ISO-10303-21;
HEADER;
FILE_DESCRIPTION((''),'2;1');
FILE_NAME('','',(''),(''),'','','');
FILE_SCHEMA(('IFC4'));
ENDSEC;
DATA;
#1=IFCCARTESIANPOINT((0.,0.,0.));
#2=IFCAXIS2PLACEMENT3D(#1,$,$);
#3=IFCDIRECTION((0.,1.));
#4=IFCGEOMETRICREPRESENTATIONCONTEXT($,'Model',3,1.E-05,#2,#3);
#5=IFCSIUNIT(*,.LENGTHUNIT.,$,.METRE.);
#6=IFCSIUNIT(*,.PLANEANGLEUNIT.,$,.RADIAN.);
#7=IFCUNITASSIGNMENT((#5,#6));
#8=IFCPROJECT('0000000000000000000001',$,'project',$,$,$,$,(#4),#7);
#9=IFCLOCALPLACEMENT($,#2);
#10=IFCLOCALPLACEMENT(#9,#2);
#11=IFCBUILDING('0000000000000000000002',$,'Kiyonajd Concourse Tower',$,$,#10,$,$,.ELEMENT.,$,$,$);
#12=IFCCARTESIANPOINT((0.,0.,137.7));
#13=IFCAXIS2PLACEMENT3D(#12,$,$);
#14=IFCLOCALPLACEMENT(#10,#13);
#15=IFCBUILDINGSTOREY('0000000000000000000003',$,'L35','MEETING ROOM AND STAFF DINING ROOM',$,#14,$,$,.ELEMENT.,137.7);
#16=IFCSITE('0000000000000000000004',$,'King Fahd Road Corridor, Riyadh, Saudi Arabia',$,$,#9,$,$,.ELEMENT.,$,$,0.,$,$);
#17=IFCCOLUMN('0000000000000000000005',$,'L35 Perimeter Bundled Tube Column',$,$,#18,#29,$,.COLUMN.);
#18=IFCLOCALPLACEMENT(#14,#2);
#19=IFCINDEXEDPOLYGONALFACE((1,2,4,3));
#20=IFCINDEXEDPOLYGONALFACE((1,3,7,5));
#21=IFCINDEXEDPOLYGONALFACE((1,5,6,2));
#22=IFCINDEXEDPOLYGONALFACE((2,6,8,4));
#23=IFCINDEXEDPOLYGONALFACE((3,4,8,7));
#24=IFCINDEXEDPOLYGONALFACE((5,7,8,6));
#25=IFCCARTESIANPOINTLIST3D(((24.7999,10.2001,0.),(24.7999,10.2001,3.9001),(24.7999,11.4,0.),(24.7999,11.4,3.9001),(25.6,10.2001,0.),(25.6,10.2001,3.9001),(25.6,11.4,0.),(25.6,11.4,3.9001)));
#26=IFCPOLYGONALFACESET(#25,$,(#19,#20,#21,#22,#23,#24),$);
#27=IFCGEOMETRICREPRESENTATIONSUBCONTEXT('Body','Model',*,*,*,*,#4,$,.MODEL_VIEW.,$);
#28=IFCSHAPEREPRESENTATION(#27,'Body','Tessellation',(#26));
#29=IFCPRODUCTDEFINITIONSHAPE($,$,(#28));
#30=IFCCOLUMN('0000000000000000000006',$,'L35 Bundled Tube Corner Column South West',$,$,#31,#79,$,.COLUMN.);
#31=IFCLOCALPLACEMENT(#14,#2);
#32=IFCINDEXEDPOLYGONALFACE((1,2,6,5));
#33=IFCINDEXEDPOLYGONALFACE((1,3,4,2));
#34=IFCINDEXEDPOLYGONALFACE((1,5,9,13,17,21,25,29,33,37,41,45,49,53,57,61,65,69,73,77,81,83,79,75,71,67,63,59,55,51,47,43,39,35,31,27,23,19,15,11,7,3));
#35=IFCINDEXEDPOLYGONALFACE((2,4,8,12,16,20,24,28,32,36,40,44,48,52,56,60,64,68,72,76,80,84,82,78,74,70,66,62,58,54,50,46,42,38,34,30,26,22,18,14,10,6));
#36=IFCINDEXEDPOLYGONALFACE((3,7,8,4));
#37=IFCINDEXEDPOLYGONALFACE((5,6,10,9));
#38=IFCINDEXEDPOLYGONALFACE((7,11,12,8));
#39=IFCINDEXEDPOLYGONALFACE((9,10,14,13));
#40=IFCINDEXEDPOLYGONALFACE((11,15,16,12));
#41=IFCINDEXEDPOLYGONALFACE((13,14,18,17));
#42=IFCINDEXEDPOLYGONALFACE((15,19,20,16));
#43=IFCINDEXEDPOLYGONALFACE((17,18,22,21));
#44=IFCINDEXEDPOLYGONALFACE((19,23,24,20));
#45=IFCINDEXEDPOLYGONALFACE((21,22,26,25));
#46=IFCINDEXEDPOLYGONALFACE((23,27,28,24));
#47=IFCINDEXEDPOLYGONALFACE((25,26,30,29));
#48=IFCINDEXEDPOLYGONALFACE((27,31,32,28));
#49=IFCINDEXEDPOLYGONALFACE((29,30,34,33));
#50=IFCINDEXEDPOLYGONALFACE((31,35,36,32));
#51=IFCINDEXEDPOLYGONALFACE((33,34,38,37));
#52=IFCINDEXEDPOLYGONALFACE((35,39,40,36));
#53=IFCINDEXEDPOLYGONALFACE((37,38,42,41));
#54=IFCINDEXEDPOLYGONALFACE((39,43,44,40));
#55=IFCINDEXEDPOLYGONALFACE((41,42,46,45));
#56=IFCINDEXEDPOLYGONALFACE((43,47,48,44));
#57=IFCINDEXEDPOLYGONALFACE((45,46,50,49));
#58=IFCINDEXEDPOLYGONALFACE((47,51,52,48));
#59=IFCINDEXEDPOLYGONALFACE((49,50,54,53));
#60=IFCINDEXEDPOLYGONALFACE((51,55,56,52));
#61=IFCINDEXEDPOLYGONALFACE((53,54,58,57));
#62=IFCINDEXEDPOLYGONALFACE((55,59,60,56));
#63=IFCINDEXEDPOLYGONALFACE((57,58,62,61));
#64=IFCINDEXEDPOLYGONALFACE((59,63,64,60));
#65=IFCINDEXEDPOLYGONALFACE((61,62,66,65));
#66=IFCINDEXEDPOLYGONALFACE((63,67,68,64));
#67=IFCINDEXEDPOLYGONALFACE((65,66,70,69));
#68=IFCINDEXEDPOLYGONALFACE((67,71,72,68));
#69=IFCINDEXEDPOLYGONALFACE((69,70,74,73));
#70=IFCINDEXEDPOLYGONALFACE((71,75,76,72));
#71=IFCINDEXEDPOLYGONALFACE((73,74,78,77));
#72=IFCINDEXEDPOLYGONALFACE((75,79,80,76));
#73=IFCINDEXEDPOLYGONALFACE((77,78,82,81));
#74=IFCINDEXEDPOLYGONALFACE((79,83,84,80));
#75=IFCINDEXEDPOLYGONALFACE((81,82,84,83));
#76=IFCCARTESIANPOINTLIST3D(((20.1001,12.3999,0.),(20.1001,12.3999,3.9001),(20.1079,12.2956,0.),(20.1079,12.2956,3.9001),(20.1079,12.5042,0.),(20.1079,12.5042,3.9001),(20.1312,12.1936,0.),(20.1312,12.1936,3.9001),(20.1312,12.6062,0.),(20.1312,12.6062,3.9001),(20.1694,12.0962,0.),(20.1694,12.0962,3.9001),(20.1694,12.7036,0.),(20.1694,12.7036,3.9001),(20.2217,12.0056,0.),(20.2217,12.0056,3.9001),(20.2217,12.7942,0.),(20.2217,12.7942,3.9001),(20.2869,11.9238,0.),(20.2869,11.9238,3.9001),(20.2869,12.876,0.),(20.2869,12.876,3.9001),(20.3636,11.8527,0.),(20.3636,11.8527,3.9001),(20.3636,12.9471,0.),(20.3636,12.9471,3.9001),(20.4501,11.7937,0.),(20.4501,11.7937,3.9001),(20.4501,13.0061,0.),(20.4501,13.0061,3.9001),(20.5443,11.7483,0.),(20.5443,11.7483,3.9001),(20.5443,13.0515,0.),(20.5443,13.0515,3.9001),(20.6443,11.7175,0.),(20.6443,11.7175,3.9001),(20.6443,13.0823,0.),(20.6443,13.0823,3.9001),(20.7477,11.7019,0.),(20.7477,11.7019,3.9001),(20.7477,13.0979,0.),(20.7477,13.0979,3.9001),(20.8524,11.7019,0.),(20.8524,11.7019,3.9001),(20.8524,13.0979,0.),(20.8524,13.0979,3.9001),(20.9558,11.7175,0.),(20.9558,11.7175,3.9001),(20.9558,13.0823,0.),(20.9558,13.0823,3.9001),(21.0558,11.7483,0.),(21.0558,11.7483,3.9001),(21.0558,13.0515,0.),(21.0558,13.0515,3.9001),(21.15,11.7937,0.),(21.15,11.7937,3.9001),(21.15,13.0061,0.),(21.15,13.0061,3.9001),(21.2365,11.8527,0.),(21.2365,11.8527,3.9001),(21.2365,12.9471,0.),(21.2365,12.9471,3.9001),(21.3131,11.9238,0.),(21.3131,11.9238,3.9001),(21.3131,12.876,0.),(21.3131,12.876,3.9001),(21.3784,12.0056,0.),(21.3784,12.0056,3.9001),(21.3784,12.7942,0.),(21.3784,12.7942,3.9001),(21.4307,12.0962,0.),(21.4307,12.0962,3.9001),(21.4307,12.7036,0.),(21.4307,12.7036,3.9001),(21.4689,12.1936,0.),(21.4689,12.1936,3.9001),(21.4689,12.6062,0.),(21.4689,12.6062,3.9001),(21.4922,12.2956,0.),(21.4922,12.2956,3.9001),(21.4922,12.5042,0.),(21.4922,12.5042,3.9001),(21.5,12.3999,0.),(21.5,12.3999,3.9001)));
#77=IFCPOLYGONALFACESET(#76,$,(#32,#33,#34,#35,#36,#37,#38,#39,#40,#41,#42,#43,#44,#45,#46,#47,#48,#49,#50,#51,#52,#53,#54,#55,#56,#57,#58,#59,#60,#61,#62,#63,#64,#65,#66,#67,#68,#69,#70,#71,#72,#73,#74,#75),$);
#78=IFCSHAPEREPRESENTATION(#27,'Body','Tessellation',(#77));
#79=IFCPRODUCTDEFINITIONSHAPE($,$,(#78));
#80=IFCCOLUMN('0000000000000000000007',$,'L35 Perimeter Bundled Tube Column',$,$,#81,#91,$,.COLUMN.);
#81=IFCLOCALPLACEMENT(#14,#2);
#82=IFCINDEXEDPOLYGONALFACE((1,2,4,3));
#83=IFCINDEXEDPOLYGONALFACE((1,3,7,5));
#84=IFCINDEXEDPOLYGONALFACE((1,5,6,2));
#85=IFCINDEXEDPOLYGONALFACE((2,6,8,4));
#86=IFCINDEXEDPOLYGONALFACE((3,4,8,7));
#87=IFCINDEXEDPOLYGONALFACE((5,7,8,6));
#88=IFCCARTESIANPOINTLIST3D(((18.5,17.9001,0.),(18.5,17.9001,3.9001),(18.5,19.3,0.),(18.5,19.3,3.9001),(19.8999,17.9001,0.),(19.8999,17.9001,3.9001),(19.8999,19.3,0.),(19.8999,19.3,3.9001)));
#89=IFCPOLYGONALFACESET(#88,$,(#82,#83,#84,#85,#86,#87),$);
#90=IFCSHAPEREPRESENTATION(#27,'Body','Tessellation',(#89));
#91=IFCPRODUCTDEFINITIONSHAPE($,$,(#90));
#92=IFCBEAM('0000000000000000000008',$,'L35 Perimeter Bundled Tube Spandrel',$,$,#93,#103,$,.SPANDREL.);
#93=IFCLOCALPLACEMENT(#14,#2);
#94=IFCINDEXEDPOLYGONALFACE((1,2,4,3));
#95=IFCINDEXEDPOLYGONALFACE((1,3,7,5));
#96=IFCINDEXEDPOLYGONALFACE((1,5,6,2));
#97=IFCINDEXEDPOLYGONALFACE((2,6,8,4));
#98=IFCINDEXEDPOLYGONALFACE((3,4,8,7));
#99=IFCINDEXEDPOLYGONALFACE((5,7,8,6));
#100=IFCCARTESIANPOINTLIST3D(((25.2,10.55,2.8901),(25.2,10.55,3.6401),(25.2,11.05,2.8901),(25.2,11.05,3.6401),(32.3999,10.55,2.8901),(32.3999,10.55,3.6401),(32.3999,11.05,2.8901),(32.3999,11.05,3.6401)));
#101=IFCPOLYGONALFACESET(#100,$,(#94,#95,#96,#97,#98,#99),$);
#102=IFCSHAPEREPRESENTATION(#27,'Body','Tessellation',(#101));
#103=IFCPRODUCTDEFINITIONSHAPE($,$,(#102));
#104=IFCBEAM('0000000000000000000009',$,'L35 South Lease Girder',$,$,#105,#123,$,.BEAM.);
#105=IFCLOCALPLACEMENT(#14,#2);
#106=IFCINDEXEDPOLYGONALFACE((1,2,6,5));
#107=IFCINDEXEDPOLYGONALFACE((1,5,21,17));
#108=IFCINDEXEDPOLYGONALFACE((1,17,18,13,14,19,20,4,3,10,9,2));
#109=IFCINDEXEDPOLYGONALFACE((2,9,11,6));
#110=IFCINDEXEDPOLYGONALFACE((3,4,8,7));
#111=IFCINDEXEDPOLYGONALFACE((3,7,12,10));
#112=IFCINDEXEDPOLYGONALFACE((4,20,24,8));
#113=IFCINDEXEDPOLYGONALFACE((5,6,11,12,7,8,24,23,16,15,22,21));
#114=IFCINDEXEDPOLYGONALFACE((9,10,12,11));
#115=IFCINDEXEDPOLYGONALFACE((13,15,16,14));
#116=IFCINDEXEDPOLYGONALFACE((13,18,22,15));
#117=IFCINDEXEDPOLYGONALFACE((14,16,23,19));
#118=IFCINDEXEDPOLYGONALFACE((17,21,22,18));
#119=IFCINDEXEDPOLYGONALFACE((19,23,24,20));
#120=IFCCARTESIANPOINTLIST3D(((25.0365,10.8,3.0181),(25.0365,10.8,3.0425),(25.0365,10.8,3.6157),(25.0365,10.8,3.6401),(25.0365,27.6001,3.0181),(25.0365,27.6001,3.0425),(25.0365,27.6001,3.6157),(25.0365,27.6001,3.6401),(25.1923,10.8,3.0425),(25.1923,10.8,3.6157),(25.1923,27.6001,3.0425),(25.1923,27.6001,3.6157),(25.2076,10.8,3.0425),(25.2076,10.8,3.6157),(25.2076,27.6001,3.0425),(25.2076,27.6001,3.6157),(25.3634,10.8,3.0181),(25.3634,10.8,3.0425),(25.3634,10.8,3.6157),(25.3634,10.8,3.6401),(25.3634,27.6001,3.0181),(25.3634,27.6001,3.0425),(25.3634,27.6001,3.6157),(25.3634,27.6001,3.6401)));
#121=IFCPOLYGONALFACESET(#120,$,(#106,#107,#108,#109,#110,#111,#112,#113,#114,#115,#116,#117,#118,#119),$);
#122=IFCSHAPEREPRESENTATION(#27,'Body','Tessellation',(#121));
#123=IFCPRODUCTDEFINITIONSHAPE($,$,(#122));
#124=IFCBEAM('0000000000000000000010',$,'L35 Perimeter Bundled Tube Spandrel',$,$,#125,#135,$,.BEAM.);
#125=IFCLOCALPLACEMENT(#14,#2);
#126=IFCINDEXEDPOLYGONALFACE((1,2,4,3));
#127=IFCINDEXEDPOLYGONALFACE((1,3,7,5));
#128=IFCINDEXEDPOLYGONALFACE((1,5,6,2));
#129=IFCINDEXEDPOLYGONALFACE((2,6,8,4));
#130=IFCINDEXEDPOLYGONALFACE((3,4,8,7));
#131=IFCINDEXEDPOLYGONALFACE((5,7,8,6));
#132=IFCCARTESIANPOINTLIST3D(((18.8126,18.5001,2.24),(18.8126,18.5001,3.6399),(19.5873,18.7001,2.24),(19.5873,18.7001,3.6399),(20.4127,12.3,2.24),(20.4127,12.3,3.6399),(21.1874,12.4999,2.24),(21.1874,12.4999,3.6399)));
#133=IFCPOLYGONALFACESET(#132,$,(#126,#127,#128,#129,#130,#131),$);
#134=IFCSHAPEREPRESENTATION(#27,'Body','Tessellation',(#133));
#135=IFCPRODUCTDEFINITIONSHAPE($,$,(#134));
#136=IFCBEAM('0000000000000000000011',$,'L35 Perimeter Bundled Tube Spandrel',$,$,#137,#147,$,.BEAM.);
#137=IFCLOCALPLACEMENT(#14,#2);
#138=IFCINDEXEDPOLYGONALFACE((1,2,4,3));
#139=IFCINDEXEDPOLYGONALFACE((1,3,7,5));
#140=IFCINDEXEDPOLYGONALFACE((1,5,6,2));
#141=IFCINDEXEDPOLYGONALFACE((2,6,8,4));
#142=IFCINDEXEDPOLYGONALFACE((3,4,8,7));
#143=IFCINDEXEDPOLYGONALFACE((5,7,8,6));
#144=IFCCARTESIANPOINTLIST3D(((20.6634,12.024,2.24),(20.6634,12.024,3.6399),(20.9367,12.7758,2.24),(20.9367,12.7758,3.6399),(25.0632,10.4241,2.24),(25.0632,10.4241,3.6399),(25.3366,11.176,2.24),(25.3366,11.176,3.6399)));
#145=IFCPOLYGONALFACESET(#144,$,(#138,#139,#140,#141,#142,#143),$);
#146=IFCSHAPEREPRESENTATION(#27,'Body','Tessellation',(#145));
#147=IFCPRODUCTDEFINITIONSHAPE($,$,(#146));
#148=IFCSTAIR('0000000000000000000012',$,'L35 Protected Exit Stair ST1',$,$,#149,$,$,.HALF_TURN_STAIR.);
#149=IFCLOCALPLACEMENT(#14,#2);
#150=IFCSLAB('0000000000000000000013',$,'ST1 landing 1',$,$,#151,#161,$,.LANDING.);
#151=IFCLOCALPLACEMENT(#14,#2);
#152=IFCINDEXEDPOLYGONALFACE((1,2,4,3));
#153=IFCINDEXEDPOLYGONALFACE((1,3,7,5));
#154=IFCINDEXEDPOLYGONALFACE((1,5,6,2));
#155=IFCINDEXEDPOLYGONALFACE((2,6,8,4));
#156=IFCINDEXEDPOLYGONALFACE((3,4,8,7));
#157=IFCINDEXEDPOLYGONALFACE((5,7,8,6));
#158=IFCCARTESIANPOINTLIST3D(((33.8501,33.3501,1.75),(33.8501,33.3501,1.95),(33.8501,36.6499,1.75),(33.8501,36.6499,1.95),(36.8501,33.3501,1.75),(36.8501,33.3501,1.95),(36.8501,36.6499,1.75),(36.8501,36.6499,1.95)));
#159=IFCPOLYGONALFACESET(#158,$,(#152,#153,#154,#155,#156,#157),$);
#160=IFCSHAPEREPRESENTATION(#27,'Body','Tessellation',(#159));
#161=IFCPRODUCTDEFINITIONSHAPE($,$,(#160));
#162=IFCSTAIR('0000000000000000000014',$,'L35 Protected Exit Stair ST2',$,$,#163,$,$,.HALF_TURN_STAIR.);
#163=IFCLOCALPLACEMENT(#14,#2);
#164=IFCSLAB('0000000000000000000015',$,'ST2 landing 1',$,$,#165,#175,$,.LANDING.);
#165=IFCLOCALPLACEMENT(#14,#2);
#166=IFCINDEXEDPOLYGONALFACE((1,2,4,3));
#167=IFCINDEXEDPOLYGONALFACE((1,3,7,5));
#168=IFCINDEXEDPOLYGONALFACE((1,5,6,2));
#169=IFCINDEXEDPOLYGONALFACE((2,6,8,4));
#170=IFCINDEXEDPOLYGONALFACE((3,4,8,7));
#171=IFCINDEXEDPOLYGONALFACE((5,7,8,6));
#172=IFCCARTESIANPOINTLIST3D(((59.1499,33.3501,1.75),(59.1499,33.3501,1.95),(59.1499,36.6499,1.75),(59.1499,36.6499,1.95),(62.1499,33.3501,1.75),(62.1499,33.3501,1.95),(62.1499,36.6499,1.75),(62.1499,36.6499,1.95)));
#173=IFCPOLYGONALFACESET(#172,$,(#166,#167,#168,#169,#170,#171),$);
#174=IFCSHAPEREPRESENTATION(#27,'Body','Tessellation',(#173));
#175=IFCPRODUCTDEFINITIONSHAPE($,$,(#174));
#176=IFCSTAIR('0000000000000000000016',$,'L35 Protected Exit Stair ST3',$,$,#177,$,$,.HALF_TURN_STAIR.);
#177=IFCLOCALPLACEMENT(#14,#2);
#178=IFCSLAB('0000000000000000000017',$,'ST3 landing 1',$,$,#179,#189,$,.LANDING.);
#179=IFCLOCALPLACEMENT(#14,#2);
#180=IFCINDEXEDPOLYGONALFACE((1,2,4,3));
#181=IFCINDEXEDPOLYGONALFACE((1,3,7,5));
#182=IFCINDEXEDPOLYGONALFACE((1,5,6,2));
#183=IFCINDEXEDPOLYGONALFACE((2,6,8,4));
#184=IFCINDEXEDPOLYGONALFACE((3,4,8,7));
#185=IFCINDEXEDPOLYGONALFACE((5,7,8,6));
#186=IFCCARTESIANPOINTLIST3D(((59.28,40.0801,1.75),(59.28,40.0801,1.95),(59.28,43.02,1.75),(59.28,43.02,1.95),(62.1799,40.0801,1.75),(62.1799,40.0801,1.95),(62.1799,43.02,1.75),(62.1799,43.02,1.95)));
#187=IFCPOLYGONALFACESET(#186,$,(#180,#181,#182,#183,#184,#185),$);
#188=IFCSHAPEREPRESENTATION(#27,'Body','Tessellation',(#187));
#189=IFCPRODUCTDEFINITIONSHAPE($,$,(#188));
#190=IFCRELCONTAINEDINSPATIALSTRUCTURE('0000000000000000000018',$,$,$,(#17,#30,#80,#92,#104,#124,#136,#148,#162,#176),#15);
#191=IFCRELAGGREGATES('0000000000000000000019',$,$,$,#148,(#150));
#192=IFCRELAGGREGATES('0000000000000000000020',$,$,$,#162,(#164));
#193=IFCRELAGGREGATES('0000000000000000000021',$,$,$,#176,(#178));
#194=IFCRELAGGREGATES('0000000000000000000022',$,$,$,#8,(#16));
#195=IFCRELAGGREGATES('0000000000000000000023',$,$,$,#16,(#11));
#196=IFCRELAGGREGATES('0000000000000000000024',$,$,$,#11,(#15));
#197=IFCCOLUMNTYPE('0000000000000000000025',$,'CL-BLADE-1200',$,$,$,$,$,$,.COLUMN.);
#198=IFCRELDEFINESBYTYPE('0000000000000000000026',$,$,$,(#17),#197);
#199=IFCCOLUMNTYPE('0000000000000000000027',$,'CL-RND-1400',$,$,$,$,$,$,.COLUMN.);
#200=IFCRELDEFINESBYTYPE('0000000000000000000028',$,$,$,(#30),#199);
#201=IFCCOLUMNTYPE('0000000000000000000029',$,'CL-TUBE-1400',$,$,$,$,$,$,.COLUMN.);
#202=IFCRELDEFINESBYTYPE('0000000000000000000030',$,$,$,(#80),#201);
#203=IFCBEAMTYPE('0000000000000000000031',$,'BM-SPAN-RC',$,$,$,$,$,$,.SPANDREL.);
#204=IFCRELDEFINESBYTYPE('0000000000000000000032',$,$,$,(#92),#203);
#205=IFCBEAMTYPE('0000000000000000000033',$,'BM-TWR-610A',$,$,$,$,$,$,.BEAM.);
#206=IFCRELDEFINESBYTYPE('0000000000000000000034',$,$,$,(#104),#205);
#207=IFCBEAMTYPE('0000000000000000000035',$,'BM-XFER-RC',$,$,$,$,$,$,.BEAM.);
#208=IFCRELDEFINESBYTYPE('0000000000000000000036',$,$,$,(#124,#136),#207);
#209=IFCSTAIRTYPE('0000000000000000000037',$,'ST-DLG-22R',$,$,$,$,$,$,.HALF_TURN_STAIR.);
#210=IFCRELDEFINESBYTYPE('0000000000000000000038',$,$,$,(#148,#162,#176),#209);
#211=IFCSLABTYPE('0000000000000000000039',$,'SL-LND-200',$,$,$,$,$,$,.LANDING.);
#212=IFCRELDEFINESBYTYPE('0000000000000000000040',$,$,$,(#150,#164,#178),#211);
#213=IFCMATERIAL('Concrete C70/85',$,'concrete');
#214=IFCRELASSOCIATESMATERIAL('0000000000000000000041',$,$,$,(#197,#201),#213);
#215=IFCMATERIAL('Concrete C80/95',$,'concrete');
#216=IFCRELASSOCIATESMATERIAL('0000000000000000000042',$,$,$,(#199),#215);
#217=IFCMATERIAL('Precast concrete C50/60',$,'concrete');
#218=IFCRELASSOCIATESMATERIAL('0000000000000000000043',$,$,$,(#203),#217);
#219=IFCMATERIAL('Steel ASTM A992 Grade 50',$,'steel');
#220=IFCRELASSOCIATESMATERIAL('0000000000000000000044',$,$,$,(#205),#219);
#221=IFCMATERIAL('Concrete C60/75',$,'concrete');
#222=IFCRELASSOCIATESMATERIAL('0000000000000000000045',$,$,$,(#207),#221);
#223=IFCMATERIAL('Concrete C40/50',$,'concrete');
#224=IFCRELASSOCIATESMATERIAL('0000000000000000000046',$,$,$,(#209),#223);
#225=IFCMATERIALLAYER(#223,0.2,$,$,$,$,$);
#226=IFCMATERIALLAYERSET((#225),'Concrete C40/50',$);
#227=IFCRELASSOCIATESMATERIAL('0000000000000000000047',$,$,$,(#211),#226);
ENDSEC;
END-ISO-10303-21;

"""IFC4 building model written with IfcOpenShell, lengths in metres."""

from ifc_helpers import new_model, si_unit, direction, frame, origin, origin_2d, place, context, subcontext, project, spatial, polyline, rectangle, circle, i_section, outline, extrude, material, layer, layer_set, material_profile, profile_set, type_object, element, aggregate, save


model = new_model("IFC4")

# Units and contexts
model_context = context("Model", 3, precision=1e-05, world=origin(), true_north=direction((0.0, 1.0)))
body_context = subcontext(model_context, "Body", "Model", "MODEL_VIEW")
ifc_project = project(units=[si_unit("LENGTHUNIT", "METRE"), si_unit("PLANEANGLEUNIT", "RADIAN")], contexts=[model_context])

# Site, building, storey
site_placement = place(None, origin())
site = spatial("IfcSite", under=ifc_project, at=site_placement, Name="King Fahd Road Corridor, Riyadh, Saudi Arabia", CompositionType="ELEMENT", RefElevation=0.0)
building_placement = place(site_placement, origin())
building = spatial("IfcBuilding", under=site, at=building_placement, Name="Kiyonajd Concourse Tower", CompositionType="ELEMENT")
storey_placement = place(building_placement, frame((0.0, 0.0, 137.7)))
storey = spatial("IfcBuildingStorey", under=building, at=storey_placement, Name="L35", Description="MEETING ROOM AND STAFF DINING ROOM", CompositionType="ELEMENT", Elevation=137.7)

# Columns
ifc_material_1 = material(Name="Concrete C70/85", Category="concrete")
ifc_material_profile_1 = material_profile(ifc_material_1, rectangle(XDim=0.8, YDim=1.2, at=origin_2d()), Name="RC-1200x800")
ifc_profile_set_1 = profile_set([ifc_material_profile_1], Name="Concrete C70/85")
column_type_1 = type_object("IfcColumnType", Name="CL-BLADE-1200", PredefinedType="COLUMN", material=ifc_profile_set_1)
column_1_placement = place(storey_placement, frame((25.2, 10.8, 0.0), z_axis=(0.0, 0.0, 1.0), x_axis=(1.0, 0.0, 0.0)))
element("IfcColumn", 1, at=column_1_placement, inside=storey, type_object=column_type_1, Name="L35 Perimeter Bundled Tube Column", PredefinedType="COLUMN", context=body_context, shape_type="SweptSolid", body=[
    extrude(rectangle(XDim=0.8, YDim=1.2, at=origin_2d()), origin(), (0.0, 0.0, 1.0), 3.9001),
])
ifc_material_2 = material(Name="Concrete C80/95", Category="concrete")
ifc_material_profile_2 = material_profile(ifc_material_2, circle(Radius=0.7, at=origin_2d()), Name="RCC-D1400")
ifc_profile_set_2 = profile_set([ifc_material_profile_2], Name="Concrete C80/95")
column_type_2 = type_object("IfcColumnType", Name="CL-RND-1400", PredefinedType="COLUMN", material=ifc_profile_set_2)
column_2_placement = place(storey_placement, frame((20.8, 12.3999, 0.0), z_axis=(0.0, 0.0, 1.0), x_axis=(1.0, 0.0, 0.0)))
element("IfcColumn", 2, at=column_2_placement, inside=storey, type_object=column_type_2, Name="L35 Bundled Tube Corner Column South West", PredefinedType="COLUMN", context=body_context, shape_type="SweptSolid", body=[
    extrude(circle(Radius=0.7, at=origin_2d()), origin(), (0.0, 0.0, 1.0), 3.9001),
])
ifc_material_profile_3 = material_profile(ifc_material_1, rectangle(XDim=1.3999, YDim=1.3999, at=origin_2d()), Name="RC-1400x1400")
ifc_profile_set_3 = profile_set([ifc_material_profile_3], Name="Concrete C70/85")
column_type_3 = type_object("IfcColumnType", Name="CL-TUBE-1400", PredefinedType="COLUMN", material=ifc_profile_set_3)
column_3_placement = place(storey_placement, frame((19.2, 18.6001, 0.0), z_axis=(0.0, 0.0, 1.0), x_axis=(1.0, 0.0, 0.0)))
element("IfcColumn", 3, at=column_3_placement, inside=storey, type_object=column_type_3, Name="L35 Perimeter Bundled Tube Column", PredefinedType="COLUMN", context=body_context, shape_type="SweptSolid", body=[
    extrude(rectangle(XDim=1.3999, YDim=1.3999, at=origin_2d()), origin(), (0.0, 0.0, 1.0), 3.9001),
])

# Beams
ifc_material_3 = material(Name="Precast concrete C50/60", Category="concrete")
ifc_material_profile_4 = material_profile(ifc_material_3, rectangle(XDim=0.5, YDim=0.75, at=origin_2d()), Name="RCBM-500x750")
ifc_profile_set_4 = profile_set([ifc_material_profile_4], Name="Precast concrete C50/60")
beam_type_1 = type_object("IfcBeamType", Name="BM-SPAN-RC", PredefinedType="SPANDREL", material=ifc_profile_set_4)
beam_1_placement = place(storey_placement, frame((25.2, 10.8, 3.2651), z_axis=(1.0, 0.0, 0.0), x_axis=(0.0, 1.0, 0.0)))
element("IfcBeam", 4, at=beam_1_placement, inside=storey, type_object=beam_type_1, Name="L35 Perimeter Bundled Tube Spandrel", PredefinedType="SPANDREL", context=body_context, shape_type="SweptSolid", body=[
    extrude(rectangle(XDim=0.5, YDim=0.75, at=origin_2d()), origin(), (0.0, 0.0, 1.0), 7.2),
])
ifc_material_4 = material(Name="Steel ASTM A992 Grade 50", Category="steel")
ifc_material_profile_5 = material_profile(ifc_material_4, i_section(OverallWidth=0.3269, OverallDepth=0.6221, WebThickness=0.0154, FlangeThickness=0.0244, at=origin_2d()), Name="W610X195")
ifc_profile_set_5 = profile_set([ifc_material_profile_5], Name="Steel ASTM A992 Grade 50")
beam_type_2 = type_object("IfcBeamType", Name="BM-TWR-610A", PredefinedType="BEAM", material=ifc_profile_set_5)
beam_2_placement = place(storey_placement, frame((25.2, 10.8, 3.3291), z_axis=(0.0, 1.0, 0.0), x_axis=(-1.0, 0.0, 0.0)))
element("IfcBeam", 5, at=beam_2_placement, inside=storey, type_object=beam_type_2, Name="L35 South Lease Girder", PredefinedType="BEAM", context=body_context, shape_type="SweptSolid", body=[
    extrude(i_section(OverallWidth=0.3269, OverallDepth=0.6221, WebThickness=0.0154, FlangeThickness=0.0244, at=origin_2d()), origin(), (0.0, 0.0, 1.0), 16.8),
])
ifc_material_5 = material(Name="Concrete C60/75", Category="concrete")
ifc_material_profile_6 = material_profile(ifc_material_5, rectangle(XDim=0.8, YDim=1.3999, at=origin_2d()), Name="RCBM-800x1400")
ifc_profile_set_6 = profile_set([ifc_material_profile_6], Name="Concrete C60/75")
beam_type_3 = type_object("IfcBeamType", Name="BM-XFER-RC", PredefinedType="BEAM", material=ifc_profile_set_6)
beam_3_placement = place(storey_placement, frame((19.2, 18.6001, 2.9399), z_axis=(0.249885, -0.968276, 0.0), x_axis=(0.968276, 0.249885, 0.0)))
element("IfcBeam", 6, at=beam_3_placement, inside=storey, type_object=beam_type_3, Name="L35 Perimeter Bundled Tube Spandrel", PredefinedType="BEAM", context=body_context, shape_type="SweptSolid", body=[
    extrude(rectangle(XDim=0.8, YDim=1.3999, at=origin_2d()), origin(), (0.0, 0.0, 1.0), 6.4033),
])
beam_4_placement = place(storey_placement, frame((20.8, 12.3999, 2.9399), z_axis=(0.939801, -0.341722, 0.0), x_axis=(0.341722, 0.939801, 0.0)))
element("IfcBeam", 7, at=beam_4_placement, inside=storey, type_object=beam_type_3, Name="L35 Perimeter Bundled Tube Spandrel", PredefinedType="BEAM", context=body_context, shape_type="SweptSolid", body=[
    extrude(rectangle(XDim=0.8, YDim=1.3999, at=origin_2d()), origin(), (0.0, 0.0, 1.0), 4.6816),
])

# Stairs, slabs
ifc_material_6 = material(Name="Concrete C40/50", Category="concrete")
stair_type = type_object("IfcStairType", Name="ST-DLG-22R", PredefinedType="HALF_TURN_STAIR", material=ifc_material_6)
stair_1_placement = place(storey_placement, origin())
stair_1 = element("IfcStair", 8, at=stair_1_placement, inside=storey, type_object=stair_type, Name="L35 Protected Exit Stair ST1", PredefinedType="HALF_TURN_STAIR")
ifc_layer_1 = layer(ifc_material_6, 0.2)
ifc_layer_set_1 = layer_set([ifc_layer_1], Name="Concrete C40/50")
slab_type_1 = type_object("IfcSlabType", Name="SL-LND-200", PredefinedType="LANDING", material=ifc_layer_set_1)
slab_1_placement = place(storey_placement, frame((0.0, 0.0, 1.75)))
slab_1 = element("IfcSlab", 9, at=slab_1_placement, type_object=slab_type_1, Name="ST1 landing 1", PredefinedType="LANDING", context=body_context, shape_type="SweptSolid", body=[
    extrude(outline(polyline([(36.8501, 33.3501), (36.8501, 36.6499), (33.8501, 36.6499), (33.8501, 33.3501), (36.8501, 33.3501)])), origin(), (0.0, 0.0, 1.0), 0.2),
])
aggregate(stair_1, [slab_1])
stair_2_placement = place(storey_placement, origin())
stair_2 = element("IfcStair", 10, at=stair_2_placement, inside=storey, type_object=stair_type, Name="L35 Protected Exit Stair ST2", PredefinedType="HALF_TURN_STAIR")
slab_2_placement = place(storey_placement, frame((0.0, 0.0, 1.75)))
slab_2 = element("IfcSlab", 11, at=slab_2_placement, type_object=slab_type_1, Name="ST2 landing 1", PredefinedType="LANDING", context=body_context, shape_type="SweptSolid", body=[
    extrude(outline(polyline([(62.1499, 33.3501), (62.1499, 36.6499), (59.1499, 36.6499), (59.1499, 33.3501), (62.1499, 33.3501)])), origin(), (0.0, 0.0, 1.0), 0.2),
])
aggregate(stair_2, [slab_2])
stair_3_placement = place(storey_placement, origin())
stair_3 = element("IfcStair", 12, at=stair_3_placement, inside=storey, type_object=stair_type, Name="L35 Protected Exit Stair ST3", PredefinedType="HALF_TURN_STAIR")
slab_3_placement = place(storey_placement, frame((0.0, 0.0, 1.75)))
slab_3 = element("IfcSlab", 13, at=slab_3_placement, type_object=slab_type_1, Name="ST3 landing 1", PredefinedType="LANDING", context=body_context, shape_type="SweptSolid", body=[
    extrude(outline(polyline([(59.28, 40.0801), (62.1799, 40.0801), (62.1799, 43.02), (59.28, 43.02), (59.28, 40.0801)])), origin(), (0.0, 0.0, 1.0), 0.2),
])
aggregate(stair_3, [slab_3])

save(model, "model.ifc")
